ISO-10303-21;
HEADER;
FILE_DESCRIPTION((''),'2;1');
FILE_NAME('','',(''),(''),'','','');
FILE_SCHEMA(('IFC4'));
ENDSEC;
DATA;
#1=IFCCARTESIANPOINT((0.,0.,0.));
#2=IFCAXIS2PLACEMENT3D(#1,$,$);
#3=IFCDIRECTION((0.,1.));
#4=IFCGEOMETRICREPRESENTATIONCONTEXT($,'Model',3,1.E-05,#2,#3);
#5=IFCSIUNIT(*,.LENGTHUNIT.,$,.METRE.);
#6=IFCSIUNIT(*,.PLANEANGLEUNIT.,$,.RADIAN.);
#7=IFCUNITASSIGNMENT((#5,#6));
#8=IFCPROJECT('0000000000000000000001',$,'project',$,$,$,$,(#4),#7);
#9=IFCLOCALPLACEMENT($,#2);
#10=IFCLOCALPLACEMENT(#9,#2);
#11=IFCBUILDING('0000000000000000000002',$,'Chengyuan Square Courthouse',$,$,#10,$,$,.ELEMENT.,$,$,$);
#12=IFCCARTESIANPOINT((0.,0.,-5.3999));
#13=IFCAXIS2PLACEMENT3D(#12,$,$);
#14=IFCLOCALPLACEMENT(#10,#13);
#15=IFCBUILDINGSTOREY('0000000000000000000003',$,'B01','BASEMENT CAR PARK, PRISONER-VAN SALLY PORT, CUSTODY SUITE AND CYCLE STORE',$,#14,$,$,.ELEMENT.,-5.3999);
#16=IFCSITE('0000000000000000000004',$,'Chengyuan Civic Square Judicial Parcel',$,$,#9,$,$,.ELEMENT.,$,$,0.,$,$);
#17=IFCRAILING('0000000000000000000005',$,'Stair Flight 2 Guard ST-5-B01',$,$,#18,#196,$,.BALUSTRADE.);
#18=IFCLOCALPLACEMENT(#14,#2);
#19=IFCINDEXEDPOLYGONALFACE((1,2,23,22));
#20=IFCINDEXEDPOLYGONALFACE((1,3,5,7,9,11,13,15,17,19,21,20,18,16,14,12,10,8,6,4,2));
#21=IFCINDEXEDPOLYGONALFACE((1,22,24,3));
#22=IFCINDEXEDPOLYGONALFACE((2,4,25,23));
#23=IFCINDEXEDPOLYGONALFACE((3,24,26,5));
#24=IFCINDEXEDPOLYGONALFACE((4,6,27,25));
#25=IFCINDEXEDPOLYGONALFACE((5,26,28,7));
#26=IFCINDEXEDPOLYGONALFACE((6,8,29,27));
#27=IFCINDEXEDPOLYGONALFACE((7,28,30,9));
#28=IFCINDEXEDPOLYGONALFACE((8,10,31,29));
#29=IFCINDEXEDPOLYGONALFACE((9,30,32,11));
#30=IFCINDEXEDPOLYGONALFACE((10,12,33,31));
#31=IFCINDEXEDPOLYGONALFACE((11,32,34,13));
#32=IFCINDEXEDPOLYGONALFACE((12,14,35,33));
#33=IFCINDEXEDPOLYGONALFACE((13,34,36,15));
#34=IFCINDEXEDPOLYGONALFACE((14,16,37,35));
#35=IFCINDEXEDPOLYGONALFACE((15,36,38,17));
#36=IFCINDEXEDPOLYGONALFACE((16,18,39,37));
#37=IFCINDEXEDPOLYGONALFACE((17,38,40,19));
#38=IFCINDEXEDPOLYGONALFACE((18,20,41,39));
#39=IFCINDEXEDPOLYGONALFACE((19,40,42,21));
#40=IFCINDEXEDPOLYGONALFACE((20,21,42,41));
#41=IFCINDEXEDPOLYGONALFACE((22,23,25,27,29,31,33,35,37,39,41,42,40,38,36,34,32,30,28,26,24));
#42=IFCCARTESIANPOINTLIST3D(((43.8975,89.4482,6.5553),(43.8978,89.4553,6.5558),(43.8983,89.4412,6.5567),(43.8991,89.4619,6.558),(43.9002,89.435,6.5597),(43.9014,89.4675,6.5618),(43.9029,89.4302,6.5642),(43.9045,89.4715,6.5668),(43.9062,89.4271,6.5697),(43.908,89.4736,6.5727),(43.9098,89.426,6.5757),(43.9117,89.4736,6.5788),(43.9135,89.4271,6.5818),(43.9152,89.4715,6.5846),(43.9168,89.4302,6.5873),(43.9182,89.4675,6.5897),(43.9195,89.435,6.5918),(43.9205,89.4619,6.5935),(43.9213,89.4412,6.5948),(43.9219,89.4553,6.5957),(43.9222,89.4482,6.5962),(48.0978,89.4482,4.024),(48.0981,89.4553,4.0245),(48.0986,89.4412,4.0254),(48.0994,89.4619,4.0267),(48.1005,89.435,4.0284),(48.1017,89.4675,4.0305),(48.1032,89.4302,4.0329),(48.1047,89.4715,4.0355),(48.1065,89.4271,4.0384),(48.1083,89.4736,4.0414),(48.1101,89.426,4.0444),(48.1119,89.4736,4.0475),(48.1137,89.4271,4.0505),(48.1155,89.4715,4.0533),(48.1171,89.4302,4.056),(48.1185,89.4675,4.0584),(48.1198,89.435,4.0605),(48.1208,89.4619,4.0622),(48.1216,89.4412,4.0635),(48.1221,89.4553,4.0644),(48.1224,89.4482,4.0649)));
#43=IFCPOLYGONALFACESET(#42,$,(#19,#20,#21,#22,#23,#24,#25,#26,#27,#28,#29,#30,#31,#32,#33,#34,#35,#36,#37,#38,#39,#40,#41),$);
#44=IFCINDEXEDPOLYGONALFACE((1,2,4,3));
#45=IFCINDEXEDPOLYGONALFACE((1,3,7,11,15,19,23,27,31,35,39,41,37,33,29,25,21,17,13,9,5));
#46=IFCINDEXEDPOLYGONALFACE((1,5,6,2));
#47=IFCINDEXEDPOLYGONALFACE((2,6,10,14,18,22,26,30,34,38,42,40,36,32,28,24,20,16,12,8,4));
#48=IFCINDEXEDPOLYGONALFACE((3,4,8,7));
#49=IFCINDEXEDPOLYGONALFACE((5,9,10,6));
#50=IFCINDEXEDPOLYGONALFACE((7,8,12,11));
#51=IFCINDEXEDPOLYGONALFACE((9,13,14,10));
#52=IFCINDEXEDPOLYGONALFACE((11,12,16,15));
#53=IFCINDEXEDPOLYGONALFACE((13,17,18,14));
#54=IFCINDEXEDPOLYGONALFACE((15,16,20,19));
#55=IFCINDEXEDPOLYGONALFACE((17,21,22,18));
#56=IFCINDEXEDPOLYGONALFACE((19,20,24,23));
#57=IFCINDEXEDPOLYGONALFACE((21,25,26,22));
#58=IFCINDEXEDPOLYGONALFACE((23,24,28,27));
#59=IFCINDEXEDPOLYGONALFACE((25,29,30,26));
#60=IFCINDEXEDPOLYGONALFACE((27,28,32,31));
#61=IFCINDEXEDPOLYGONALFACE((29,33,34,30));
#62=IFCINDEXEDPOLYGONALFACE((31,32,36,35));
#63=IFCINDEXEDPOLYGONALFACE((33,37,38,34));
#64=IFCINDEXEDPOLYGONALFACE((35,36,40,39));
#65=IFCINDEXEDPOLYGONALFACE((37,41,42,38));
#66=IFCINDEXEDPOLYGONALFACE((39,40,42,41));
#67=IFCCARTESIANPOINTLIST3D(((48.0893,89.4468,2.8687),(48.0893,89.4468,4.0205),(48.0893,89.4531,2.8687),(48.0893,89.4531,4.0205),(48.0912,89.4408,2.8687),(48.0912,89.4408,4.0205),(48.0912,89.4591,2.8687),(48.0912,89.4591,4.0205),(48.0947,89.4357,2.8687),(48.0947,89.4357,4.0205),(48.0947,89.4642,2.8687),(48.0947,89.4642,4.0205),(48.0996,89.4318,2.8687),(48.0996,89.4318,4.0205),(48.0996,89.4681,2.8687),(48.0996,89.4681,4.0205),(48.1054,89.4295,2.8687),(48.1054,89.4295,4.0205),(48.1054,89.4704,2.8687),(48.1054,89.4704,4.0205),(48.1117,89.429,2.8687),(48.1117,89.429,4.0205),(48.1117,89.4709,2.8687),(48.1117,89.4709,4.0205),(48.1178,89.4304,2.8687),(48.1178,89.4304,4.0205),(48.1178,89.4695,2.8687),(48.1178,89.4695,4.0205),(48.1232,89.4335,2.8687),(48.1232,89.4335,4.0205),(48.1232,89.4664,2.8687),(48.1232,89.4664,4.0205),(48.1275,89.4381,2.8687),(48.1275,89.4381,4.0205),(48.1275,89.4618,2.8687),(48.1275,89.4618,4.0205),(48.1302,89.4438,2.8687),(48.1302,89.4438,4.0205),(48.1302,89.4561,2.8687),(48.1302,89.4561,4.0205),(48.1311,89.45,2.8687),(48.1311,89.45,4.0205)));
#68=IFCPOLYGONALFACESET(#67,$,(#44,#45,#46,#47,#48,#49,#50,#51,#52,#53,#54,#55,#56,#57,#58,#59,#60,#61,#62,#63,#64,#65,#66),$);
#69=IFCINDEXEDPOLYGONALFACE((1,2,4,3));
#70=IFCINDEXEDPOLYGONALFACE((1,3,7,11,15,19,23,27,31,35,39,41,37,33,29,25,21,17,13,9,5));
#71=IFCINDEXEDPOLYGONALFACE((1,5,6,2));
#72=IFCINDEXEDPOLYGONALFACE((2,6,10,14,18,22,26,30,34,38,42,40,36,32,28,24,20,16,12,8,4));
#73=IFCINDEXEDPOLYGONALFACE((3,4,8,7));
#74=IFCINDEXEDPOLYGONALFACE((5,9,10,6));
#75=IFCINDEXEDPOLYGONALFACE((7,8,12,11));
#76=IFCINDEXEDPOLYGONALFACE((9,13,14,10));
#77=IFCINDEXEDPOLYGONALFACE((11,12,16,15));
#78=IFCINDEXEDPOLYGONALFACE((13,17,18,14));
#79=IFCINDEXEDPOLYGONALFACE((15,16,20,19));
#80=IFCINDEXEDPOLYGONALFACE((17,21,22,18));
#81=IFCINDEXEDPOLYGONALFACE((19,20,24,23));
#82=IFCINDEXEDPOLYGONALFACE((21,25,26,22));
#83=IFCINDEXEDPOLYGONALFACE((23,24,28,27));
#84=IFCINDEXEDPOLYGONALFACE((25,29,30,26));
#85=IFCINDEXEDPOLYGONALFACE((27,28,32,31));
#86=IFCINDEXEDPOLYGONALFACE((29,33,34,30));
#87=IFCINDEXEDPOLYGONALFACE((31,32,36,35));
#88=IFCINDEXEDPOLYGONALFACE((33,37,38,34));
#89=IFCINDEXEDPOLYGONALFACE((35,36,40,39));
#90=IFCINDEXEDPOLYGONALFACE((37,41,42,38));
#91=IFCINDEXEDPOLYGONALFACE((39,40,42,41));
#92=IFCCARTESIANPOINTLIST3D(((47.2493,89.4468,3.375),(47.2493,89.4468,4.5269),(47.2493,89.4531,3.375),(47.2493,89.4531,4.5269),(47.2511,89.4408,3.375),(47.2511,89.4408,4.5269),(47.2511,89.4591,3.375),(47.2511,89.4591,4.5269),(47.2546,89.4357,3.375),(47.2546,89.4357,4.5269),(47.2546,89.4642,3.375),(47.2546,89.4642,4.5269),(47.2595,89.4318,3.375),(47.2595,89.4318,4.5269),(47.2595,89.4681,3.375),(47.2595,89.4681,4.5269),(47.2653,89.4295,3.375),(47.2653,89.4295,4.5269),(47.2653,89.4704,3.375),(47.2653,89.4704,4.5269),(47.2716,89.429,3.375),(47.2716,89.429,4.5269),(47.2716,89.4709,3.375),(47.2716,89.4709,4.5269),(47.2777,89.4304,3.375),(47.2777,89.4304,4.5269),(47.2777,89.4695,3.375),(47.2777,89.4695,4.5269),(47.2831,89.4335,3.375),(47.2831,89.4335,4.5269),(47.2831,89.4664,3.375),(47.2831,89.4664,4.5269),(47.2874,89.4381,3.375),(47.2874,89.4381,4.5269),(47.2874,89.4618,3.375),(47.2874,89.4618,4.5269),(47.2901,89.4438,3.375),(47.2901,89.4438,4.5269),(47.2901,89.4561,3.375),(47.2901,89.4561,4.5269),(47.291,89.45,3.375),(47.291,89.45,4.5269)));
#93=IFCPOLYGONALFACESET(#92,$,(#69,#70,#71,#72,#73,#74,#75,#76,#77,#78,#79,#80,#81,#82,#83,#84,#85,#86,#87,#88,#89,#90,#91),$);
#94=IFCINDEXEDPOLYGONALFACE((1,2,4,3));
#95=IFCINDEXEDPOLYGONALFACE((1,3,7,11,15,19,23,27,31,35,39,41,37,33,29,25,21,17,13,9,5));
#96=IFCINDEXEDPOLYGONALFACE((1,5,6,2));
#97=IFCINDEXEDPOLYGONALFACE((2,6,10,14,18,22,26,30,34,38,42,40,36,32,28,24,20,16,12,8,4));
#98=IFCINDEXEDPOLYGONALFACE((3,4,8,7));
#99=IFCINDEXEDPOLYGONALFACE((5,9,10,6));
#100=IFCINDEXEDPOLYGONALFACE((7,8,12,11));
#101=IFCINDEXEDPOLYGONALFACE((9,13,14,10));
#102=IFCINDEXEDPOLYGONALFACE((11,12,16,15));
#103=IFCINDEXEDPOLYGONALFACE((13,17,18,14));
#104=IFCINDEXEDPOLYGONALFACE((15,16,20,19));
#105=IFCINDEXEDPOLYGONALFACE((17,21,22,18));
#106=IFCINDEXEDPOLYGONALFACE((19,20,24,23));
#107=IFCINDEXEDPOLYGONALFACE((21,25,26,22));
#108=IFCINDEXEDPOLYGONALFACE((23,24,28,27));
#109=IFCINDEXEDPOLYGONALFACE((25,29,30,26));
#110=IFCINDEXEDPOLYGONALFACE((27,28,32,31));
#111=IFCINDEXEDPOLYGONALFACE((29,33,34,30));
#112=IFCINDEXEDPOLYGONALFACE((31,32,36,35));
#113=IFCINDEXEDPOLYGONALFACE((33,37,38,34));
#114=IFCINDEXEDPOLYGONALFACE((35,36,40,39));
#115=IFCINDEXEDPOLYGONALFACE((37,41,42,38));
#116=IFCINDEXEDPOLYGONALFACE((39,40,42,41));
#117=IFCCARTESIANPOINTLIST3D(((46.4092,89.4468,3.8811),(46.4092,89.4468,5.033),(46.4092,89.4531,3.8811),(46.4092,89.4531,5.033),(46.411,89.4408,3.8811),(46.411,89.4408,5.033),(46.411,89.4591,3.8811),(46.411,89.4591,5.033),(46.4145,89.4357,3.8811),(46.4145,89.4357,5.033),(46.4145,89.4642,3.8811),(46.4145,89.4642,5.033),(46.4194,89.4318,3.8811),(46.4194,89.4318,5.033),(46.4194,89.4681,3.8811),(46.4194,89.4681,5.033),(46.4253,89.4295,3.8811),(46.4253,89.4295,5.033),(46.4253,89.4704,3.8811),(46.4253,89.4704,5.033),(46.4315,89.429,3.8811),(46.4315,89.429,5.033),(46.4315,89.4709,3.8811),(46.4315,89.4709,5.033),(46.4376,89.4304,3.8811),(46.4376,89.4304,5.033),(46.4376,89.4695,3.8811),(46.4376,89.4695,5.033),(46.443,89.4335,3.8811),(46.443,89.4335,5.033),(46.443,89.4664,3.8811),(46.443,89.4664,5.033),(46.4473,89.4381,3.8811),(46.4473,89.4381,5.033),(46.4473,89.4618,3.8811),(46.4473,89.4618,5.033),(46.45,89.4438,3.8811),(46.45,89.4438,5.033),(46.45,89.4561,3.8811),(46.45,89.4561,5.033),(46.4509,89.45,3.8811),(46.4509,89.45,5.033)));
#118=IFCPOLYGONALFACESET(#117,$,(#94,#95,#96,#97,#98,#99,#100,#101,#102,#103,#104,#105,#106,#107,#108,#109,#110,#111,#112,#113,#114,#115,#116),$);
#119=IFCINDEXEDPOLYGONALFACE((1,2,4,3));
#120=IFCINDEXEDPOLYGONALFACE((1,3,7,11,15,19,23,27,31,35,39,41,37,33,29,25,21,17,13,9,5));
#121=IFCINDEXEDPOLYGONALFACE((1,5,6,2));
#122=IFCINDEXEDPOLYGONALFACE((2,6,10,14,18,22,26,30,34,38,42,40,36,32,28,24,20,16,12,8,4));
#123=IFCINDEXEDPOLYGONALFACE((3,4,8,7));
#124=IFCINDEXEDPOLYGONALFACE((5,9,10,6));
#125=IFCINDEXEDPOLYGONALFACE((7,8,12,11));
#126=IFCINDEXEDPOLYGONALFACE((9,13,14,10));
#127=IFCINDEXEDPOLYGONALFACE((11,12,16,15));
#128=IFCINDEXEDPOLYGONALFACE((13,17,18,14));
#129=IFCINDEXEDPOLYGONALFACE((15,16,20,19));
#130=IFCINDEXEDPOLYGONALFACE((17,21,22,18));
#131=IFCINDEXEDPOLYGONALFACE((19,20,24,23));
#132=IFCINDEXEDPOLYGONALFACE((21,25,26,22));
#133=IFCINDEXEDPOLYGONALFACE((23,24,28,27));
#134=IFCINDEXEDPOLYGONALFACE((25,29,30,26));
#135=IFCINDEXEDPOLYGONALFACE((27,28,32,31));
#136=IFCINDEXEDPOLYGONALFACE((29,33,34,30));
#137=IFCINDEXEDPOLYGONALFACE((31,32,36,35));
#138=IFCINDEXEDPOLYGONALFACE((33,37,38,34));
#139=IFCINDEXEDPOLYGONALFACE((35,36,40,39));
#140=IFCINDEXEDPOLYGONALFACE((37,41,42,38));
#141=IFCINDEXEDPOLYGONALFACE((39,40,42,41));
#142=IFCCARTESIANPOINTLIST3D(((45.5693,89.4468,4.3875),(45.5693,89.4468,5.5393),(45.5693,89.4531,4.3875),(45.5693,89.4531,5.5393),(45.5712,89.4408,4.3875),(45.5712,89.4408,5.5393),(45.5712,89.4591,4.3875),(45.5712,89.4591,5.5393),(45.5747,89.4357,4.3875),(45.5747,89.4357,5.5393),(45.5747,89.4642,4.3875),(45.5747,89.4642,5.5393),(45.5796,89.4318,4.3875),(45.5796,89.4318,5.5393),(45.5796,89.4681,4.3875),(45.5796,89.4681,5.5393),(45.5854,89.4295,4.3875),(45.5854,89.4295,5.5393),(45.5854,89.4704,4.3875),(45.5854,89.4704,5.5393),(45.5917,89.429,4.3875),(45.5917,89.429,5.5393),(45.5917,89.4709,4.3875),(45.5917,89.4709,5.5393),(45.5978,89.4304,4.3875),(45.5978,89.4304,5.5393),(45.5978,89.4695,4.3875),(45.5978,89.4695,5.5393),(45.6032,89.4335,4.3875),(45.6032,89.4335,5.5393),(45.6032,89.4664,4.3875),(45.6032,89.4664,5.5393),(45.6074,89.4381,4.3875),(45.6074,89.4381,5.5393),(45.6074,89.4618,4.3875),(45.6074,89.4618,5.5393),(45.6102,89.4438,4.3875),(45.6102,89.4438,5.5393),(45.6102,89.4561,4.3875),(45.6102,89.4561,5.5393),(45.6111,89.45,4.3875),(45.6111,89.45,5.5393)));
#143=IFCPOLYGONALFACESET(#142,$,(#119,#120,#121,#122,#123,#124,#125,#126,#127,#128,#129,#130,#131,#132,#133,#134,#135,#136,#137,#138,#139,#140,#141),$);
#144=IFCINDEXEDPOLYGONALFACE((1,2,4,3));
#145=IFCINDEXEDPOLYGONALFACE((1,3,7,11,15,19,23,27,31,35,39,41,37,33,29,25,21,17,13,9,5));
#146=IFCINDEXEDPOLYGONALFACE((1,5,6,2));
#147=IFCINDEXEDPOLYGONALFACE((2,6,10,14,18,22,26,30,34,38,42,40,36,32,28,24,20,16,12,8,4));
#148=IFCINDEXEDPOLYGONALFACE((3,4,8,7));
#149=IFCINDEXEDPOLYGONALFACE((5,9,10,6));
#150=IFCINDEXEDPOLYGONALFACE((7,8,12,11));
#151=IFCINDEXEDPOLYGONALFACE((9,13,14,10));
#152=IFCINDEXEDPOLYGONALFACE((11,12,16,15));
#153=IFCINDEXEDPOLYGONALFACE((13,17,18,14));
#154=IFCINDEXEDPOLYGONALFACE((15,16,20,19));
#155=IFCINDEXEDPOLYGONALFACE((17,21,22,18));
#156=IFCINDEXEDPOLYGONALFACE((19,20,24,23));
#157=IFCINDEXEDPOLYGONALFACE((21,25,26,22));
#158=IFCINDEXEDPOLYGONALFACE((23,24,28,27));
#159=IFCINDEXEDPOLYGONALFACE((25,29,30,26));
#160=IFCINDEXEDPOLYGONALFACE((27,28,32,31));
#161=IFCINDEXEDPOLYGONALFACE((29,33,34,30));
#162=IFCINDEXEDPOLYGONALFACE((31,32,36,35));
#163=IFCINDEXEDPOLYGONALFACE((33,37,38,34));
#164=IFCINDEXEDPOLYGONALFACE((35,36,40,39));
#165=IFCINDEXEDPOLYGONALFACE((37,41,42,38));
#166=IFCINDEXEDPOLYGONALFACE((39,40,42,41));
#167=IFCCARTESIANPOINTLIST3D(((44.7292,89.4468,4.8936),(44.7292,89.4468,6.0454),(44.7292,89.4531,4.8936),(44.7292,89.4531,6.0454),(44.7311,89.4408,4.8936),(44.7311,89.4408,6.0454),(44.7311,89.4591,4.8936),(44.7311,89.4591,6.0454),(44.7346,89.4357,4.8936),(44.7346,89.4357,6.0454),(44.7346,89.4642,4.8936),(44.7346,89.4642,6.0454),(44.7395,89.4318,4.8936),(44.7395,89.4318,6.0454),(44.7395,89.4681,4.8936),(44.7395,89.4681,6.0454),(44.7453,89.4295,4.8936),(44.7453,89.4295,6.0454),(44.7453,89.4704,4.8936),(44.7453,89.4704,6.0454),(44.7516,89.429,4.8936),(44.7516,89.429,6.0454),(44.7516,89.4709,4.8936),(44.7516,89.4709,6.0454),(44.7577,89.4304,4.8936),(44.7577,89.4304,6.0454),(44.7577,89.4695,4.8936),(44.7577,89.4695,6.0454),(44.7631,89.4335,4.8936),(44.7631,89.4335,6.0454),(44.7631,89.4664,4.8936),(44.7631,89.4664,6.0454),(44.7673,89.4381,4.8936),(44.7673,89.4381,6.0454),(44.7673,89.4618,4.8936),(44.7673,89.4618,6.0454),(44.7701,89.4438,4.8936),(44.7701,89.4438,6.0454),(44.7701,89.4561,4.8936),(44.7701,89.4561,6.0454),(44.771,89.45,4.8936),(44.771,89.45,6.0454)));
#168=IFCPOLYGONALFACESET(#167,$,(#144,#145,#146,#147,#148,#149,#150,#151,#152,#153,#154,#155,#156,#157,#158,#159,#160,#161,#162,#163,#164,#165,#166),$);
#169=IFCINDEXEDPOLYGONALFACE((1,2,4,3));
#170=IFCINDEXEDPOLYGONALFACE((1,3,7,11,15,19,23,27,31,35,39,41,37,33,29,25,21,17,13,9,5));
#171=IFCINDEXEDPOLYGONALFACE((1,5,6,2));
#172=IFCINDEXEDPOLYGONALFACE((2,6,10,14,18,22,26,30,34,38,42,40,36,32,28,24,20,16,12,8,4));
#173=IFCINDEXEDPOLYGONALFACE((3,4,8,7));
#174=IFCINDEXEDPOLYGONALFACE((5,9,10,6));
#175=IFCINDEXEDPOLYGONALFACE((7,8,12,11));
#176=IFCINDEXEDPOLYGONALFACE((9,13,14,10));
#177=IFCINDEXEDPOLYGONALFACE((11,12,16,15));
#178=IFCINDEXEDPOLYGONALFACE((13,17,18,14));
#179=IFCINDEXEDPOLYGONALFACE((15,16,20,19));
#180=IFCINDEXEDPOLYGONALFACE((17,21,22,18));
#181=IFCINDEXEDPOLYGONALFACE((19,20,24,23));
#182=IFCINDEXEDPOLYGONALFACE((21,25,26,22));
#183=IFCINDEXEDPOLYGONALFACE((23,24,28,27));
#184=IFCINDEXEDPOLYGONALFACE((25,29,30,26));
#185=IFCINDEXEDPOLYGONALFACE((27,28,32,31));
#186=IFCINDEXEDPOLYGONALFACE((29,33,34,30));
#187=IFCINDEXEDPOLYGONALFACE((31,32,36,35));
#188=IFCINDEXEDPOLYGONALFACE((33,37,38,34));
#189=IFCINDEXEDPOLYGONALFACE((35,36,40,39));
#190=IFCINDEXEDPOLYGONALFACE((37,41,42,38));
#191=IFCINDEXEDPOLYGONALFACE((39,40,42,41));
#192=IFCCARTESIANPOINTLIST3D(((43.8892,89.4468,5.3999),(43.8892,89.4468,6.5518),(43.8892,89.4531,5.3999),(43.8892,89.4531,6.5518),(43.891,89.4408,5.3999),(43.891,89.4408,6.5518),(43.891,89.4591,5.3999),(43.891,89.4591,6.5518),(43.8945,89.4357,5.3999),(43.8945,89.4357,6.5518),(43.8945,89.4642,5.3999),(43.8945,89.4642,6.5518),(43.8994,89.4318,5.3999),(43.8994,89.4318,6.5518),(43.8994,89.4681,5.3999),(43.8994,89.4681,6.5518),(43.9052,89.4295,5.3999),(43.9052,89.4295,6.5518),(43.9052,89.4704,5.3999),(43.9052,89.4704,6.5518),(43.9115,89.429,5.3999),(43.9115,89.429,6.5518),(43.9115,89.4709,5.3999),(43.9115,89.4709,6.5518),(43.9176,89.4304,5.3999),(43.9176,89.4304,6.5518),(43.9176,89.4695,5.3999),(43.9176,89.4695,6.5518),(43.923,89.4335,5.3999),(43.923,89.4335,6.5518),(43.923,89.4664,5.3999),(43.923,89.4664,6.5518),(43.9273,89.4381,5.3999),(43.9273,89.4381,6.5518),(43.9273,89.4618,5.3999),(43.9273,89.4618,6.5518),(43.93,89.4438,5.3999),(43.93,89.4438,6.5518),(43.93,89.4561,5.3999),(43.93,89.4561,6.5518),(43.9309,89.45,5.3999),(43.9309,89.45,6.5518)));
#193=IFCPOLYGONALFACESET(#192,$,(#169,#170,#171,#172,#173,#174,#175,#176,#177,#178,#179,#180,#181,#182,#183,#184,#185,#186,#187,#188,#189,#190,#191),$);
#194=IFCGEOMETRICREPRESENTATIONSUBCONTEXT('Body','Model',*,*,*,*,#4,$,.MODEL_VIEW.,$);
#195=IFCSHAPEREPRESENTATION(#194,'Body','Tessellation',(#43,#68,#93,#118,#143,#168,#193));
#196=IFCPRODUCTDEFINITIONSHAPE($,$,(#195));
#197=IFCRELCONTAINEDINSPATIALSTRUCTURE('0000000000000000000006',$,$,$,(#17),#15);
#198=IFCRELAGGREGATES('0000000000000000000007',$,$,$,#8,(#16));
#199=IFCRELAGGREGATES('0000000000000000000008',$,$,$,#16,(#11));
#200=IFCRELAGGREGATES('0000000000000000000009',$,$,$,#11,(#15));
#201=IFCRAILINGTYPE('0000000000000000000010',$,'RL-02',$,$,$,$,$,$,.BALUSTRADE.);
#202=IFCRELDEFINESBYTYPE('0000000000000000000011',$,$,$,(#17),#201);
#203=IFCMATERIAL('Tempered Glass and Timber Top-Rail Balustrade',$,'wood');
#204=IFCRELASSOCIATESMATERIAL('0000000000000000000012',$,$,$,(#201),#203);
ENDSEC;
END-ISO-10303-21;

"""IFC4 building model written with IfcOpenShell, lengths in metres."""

from ifc_helpers import new_model, si_unit, direction, frame, origin, origin_2d, place, context, subcontext, project, spatial, circle, extrude, material, type_object, element, save


model = new_model("IFC4")

# Units and contexts
model_context = context("Model", 3, precision=1e-05, world=origin(), true_north=direction((0.0, 1.0)))
body_context = subcontext(model_context, "Body", "Model", "MODEL_VIEW")
ifc_project = project(units=[si_unit("LENGTHUNIT", "METRE"), si_unit("PLANEANGLEUNIT", "RADIAN")], contexts=[model_context])

# Site, building, storey
site_placement = place(None, origin())
site = spatial("IfcSite", under=ifc_project, at=site_placement, Name="Chengyuan Civic Square Judicial Parcel", CompositionType="ELEMENT", RefElevation=0.0)
building_placement = place(site_placement, origin())
building = spatial("IfcBuilding", under=site, at=building_placement, Name="Chengyuan Square Courthouse", CompositionType="ELEMENT")
storey_placement = place(building_placement, frame((0.0, 0.0, -5.3999)))
storey = spatial("IfcBuildingStorey", under=building, at=storey_placement, Name="B01", Description="BASEMENT CAR PARK, PRISONER-VAN SALLY PORT, CUSTODY SUITE AND CYCLE STORE", CompositionType="ELEMENT", Elevation=-5.3999)

# Railing
ifc_material_1 = material(Name="Tempered Glass and Timber Top-Rail Balustrade", Category="wood")
railing_type_1 = type_object("IfcRailingType", Name="RL-02", PredefinedType="BALUSTRADE", material=ifc_material_1)
railing_1_placement = place(storey_placement, frame((48.1101, 89.45, 2.8687)))
element("IfcRailing", 1, at=railing_1_placement, inside=storey, type_object=railing_type_1, Name="Stair Flight 2 Guard ST-5-B01", PredefinedType="BALUSTRADE", context=body_context, shape_type="SweptSolid", body=[
    extrude(circle(Radius=0.0239, at=origin_2d()), frame((0.0, 0.0, 1.1758), z_axis=(-0.85649, 0.0, 0.516164), x_axis=(0.0, -1.0, 0.0)), (0.0, 0.0, 1.0), 4.9041),
    extrude(circle(Radius=0.021, at=origin_2d()), origin(), (0.0, 0.0, 1.0), 1.1519),
    extrude(circle(Radius=0.021, at=origin_2d()), frame((-0.8401, 0.0, 0.5063)), (0.0, 0.0, 1.0), 1.1519),
    extrude(circle(Radius=0.021, at=origin_2d()), frame((-1.6802, 0.0, 1.0125)), (0.0, 0.0, 1.0), 1.1519),
    extrude(circle(Radius=0.021, at=origin_2d()), frame((-2.52, 0.0, 1.5188)), (0.0, 0.0, 1.0), 1.1519),
    extrude(circle(Radius=0.021, at=origin_2d()), frame((-3.3601, 0.0, 2.0249)), (0.0, 0.0, 1.0), 1.1519),
    extrude(circle(Radius=0.021, at=origin_2d()), frame((-4.2002, 0.0, 2.5312)), (0.0, 0.0, 1.0), 1.1519),
])

save(model, "model.ifc")
